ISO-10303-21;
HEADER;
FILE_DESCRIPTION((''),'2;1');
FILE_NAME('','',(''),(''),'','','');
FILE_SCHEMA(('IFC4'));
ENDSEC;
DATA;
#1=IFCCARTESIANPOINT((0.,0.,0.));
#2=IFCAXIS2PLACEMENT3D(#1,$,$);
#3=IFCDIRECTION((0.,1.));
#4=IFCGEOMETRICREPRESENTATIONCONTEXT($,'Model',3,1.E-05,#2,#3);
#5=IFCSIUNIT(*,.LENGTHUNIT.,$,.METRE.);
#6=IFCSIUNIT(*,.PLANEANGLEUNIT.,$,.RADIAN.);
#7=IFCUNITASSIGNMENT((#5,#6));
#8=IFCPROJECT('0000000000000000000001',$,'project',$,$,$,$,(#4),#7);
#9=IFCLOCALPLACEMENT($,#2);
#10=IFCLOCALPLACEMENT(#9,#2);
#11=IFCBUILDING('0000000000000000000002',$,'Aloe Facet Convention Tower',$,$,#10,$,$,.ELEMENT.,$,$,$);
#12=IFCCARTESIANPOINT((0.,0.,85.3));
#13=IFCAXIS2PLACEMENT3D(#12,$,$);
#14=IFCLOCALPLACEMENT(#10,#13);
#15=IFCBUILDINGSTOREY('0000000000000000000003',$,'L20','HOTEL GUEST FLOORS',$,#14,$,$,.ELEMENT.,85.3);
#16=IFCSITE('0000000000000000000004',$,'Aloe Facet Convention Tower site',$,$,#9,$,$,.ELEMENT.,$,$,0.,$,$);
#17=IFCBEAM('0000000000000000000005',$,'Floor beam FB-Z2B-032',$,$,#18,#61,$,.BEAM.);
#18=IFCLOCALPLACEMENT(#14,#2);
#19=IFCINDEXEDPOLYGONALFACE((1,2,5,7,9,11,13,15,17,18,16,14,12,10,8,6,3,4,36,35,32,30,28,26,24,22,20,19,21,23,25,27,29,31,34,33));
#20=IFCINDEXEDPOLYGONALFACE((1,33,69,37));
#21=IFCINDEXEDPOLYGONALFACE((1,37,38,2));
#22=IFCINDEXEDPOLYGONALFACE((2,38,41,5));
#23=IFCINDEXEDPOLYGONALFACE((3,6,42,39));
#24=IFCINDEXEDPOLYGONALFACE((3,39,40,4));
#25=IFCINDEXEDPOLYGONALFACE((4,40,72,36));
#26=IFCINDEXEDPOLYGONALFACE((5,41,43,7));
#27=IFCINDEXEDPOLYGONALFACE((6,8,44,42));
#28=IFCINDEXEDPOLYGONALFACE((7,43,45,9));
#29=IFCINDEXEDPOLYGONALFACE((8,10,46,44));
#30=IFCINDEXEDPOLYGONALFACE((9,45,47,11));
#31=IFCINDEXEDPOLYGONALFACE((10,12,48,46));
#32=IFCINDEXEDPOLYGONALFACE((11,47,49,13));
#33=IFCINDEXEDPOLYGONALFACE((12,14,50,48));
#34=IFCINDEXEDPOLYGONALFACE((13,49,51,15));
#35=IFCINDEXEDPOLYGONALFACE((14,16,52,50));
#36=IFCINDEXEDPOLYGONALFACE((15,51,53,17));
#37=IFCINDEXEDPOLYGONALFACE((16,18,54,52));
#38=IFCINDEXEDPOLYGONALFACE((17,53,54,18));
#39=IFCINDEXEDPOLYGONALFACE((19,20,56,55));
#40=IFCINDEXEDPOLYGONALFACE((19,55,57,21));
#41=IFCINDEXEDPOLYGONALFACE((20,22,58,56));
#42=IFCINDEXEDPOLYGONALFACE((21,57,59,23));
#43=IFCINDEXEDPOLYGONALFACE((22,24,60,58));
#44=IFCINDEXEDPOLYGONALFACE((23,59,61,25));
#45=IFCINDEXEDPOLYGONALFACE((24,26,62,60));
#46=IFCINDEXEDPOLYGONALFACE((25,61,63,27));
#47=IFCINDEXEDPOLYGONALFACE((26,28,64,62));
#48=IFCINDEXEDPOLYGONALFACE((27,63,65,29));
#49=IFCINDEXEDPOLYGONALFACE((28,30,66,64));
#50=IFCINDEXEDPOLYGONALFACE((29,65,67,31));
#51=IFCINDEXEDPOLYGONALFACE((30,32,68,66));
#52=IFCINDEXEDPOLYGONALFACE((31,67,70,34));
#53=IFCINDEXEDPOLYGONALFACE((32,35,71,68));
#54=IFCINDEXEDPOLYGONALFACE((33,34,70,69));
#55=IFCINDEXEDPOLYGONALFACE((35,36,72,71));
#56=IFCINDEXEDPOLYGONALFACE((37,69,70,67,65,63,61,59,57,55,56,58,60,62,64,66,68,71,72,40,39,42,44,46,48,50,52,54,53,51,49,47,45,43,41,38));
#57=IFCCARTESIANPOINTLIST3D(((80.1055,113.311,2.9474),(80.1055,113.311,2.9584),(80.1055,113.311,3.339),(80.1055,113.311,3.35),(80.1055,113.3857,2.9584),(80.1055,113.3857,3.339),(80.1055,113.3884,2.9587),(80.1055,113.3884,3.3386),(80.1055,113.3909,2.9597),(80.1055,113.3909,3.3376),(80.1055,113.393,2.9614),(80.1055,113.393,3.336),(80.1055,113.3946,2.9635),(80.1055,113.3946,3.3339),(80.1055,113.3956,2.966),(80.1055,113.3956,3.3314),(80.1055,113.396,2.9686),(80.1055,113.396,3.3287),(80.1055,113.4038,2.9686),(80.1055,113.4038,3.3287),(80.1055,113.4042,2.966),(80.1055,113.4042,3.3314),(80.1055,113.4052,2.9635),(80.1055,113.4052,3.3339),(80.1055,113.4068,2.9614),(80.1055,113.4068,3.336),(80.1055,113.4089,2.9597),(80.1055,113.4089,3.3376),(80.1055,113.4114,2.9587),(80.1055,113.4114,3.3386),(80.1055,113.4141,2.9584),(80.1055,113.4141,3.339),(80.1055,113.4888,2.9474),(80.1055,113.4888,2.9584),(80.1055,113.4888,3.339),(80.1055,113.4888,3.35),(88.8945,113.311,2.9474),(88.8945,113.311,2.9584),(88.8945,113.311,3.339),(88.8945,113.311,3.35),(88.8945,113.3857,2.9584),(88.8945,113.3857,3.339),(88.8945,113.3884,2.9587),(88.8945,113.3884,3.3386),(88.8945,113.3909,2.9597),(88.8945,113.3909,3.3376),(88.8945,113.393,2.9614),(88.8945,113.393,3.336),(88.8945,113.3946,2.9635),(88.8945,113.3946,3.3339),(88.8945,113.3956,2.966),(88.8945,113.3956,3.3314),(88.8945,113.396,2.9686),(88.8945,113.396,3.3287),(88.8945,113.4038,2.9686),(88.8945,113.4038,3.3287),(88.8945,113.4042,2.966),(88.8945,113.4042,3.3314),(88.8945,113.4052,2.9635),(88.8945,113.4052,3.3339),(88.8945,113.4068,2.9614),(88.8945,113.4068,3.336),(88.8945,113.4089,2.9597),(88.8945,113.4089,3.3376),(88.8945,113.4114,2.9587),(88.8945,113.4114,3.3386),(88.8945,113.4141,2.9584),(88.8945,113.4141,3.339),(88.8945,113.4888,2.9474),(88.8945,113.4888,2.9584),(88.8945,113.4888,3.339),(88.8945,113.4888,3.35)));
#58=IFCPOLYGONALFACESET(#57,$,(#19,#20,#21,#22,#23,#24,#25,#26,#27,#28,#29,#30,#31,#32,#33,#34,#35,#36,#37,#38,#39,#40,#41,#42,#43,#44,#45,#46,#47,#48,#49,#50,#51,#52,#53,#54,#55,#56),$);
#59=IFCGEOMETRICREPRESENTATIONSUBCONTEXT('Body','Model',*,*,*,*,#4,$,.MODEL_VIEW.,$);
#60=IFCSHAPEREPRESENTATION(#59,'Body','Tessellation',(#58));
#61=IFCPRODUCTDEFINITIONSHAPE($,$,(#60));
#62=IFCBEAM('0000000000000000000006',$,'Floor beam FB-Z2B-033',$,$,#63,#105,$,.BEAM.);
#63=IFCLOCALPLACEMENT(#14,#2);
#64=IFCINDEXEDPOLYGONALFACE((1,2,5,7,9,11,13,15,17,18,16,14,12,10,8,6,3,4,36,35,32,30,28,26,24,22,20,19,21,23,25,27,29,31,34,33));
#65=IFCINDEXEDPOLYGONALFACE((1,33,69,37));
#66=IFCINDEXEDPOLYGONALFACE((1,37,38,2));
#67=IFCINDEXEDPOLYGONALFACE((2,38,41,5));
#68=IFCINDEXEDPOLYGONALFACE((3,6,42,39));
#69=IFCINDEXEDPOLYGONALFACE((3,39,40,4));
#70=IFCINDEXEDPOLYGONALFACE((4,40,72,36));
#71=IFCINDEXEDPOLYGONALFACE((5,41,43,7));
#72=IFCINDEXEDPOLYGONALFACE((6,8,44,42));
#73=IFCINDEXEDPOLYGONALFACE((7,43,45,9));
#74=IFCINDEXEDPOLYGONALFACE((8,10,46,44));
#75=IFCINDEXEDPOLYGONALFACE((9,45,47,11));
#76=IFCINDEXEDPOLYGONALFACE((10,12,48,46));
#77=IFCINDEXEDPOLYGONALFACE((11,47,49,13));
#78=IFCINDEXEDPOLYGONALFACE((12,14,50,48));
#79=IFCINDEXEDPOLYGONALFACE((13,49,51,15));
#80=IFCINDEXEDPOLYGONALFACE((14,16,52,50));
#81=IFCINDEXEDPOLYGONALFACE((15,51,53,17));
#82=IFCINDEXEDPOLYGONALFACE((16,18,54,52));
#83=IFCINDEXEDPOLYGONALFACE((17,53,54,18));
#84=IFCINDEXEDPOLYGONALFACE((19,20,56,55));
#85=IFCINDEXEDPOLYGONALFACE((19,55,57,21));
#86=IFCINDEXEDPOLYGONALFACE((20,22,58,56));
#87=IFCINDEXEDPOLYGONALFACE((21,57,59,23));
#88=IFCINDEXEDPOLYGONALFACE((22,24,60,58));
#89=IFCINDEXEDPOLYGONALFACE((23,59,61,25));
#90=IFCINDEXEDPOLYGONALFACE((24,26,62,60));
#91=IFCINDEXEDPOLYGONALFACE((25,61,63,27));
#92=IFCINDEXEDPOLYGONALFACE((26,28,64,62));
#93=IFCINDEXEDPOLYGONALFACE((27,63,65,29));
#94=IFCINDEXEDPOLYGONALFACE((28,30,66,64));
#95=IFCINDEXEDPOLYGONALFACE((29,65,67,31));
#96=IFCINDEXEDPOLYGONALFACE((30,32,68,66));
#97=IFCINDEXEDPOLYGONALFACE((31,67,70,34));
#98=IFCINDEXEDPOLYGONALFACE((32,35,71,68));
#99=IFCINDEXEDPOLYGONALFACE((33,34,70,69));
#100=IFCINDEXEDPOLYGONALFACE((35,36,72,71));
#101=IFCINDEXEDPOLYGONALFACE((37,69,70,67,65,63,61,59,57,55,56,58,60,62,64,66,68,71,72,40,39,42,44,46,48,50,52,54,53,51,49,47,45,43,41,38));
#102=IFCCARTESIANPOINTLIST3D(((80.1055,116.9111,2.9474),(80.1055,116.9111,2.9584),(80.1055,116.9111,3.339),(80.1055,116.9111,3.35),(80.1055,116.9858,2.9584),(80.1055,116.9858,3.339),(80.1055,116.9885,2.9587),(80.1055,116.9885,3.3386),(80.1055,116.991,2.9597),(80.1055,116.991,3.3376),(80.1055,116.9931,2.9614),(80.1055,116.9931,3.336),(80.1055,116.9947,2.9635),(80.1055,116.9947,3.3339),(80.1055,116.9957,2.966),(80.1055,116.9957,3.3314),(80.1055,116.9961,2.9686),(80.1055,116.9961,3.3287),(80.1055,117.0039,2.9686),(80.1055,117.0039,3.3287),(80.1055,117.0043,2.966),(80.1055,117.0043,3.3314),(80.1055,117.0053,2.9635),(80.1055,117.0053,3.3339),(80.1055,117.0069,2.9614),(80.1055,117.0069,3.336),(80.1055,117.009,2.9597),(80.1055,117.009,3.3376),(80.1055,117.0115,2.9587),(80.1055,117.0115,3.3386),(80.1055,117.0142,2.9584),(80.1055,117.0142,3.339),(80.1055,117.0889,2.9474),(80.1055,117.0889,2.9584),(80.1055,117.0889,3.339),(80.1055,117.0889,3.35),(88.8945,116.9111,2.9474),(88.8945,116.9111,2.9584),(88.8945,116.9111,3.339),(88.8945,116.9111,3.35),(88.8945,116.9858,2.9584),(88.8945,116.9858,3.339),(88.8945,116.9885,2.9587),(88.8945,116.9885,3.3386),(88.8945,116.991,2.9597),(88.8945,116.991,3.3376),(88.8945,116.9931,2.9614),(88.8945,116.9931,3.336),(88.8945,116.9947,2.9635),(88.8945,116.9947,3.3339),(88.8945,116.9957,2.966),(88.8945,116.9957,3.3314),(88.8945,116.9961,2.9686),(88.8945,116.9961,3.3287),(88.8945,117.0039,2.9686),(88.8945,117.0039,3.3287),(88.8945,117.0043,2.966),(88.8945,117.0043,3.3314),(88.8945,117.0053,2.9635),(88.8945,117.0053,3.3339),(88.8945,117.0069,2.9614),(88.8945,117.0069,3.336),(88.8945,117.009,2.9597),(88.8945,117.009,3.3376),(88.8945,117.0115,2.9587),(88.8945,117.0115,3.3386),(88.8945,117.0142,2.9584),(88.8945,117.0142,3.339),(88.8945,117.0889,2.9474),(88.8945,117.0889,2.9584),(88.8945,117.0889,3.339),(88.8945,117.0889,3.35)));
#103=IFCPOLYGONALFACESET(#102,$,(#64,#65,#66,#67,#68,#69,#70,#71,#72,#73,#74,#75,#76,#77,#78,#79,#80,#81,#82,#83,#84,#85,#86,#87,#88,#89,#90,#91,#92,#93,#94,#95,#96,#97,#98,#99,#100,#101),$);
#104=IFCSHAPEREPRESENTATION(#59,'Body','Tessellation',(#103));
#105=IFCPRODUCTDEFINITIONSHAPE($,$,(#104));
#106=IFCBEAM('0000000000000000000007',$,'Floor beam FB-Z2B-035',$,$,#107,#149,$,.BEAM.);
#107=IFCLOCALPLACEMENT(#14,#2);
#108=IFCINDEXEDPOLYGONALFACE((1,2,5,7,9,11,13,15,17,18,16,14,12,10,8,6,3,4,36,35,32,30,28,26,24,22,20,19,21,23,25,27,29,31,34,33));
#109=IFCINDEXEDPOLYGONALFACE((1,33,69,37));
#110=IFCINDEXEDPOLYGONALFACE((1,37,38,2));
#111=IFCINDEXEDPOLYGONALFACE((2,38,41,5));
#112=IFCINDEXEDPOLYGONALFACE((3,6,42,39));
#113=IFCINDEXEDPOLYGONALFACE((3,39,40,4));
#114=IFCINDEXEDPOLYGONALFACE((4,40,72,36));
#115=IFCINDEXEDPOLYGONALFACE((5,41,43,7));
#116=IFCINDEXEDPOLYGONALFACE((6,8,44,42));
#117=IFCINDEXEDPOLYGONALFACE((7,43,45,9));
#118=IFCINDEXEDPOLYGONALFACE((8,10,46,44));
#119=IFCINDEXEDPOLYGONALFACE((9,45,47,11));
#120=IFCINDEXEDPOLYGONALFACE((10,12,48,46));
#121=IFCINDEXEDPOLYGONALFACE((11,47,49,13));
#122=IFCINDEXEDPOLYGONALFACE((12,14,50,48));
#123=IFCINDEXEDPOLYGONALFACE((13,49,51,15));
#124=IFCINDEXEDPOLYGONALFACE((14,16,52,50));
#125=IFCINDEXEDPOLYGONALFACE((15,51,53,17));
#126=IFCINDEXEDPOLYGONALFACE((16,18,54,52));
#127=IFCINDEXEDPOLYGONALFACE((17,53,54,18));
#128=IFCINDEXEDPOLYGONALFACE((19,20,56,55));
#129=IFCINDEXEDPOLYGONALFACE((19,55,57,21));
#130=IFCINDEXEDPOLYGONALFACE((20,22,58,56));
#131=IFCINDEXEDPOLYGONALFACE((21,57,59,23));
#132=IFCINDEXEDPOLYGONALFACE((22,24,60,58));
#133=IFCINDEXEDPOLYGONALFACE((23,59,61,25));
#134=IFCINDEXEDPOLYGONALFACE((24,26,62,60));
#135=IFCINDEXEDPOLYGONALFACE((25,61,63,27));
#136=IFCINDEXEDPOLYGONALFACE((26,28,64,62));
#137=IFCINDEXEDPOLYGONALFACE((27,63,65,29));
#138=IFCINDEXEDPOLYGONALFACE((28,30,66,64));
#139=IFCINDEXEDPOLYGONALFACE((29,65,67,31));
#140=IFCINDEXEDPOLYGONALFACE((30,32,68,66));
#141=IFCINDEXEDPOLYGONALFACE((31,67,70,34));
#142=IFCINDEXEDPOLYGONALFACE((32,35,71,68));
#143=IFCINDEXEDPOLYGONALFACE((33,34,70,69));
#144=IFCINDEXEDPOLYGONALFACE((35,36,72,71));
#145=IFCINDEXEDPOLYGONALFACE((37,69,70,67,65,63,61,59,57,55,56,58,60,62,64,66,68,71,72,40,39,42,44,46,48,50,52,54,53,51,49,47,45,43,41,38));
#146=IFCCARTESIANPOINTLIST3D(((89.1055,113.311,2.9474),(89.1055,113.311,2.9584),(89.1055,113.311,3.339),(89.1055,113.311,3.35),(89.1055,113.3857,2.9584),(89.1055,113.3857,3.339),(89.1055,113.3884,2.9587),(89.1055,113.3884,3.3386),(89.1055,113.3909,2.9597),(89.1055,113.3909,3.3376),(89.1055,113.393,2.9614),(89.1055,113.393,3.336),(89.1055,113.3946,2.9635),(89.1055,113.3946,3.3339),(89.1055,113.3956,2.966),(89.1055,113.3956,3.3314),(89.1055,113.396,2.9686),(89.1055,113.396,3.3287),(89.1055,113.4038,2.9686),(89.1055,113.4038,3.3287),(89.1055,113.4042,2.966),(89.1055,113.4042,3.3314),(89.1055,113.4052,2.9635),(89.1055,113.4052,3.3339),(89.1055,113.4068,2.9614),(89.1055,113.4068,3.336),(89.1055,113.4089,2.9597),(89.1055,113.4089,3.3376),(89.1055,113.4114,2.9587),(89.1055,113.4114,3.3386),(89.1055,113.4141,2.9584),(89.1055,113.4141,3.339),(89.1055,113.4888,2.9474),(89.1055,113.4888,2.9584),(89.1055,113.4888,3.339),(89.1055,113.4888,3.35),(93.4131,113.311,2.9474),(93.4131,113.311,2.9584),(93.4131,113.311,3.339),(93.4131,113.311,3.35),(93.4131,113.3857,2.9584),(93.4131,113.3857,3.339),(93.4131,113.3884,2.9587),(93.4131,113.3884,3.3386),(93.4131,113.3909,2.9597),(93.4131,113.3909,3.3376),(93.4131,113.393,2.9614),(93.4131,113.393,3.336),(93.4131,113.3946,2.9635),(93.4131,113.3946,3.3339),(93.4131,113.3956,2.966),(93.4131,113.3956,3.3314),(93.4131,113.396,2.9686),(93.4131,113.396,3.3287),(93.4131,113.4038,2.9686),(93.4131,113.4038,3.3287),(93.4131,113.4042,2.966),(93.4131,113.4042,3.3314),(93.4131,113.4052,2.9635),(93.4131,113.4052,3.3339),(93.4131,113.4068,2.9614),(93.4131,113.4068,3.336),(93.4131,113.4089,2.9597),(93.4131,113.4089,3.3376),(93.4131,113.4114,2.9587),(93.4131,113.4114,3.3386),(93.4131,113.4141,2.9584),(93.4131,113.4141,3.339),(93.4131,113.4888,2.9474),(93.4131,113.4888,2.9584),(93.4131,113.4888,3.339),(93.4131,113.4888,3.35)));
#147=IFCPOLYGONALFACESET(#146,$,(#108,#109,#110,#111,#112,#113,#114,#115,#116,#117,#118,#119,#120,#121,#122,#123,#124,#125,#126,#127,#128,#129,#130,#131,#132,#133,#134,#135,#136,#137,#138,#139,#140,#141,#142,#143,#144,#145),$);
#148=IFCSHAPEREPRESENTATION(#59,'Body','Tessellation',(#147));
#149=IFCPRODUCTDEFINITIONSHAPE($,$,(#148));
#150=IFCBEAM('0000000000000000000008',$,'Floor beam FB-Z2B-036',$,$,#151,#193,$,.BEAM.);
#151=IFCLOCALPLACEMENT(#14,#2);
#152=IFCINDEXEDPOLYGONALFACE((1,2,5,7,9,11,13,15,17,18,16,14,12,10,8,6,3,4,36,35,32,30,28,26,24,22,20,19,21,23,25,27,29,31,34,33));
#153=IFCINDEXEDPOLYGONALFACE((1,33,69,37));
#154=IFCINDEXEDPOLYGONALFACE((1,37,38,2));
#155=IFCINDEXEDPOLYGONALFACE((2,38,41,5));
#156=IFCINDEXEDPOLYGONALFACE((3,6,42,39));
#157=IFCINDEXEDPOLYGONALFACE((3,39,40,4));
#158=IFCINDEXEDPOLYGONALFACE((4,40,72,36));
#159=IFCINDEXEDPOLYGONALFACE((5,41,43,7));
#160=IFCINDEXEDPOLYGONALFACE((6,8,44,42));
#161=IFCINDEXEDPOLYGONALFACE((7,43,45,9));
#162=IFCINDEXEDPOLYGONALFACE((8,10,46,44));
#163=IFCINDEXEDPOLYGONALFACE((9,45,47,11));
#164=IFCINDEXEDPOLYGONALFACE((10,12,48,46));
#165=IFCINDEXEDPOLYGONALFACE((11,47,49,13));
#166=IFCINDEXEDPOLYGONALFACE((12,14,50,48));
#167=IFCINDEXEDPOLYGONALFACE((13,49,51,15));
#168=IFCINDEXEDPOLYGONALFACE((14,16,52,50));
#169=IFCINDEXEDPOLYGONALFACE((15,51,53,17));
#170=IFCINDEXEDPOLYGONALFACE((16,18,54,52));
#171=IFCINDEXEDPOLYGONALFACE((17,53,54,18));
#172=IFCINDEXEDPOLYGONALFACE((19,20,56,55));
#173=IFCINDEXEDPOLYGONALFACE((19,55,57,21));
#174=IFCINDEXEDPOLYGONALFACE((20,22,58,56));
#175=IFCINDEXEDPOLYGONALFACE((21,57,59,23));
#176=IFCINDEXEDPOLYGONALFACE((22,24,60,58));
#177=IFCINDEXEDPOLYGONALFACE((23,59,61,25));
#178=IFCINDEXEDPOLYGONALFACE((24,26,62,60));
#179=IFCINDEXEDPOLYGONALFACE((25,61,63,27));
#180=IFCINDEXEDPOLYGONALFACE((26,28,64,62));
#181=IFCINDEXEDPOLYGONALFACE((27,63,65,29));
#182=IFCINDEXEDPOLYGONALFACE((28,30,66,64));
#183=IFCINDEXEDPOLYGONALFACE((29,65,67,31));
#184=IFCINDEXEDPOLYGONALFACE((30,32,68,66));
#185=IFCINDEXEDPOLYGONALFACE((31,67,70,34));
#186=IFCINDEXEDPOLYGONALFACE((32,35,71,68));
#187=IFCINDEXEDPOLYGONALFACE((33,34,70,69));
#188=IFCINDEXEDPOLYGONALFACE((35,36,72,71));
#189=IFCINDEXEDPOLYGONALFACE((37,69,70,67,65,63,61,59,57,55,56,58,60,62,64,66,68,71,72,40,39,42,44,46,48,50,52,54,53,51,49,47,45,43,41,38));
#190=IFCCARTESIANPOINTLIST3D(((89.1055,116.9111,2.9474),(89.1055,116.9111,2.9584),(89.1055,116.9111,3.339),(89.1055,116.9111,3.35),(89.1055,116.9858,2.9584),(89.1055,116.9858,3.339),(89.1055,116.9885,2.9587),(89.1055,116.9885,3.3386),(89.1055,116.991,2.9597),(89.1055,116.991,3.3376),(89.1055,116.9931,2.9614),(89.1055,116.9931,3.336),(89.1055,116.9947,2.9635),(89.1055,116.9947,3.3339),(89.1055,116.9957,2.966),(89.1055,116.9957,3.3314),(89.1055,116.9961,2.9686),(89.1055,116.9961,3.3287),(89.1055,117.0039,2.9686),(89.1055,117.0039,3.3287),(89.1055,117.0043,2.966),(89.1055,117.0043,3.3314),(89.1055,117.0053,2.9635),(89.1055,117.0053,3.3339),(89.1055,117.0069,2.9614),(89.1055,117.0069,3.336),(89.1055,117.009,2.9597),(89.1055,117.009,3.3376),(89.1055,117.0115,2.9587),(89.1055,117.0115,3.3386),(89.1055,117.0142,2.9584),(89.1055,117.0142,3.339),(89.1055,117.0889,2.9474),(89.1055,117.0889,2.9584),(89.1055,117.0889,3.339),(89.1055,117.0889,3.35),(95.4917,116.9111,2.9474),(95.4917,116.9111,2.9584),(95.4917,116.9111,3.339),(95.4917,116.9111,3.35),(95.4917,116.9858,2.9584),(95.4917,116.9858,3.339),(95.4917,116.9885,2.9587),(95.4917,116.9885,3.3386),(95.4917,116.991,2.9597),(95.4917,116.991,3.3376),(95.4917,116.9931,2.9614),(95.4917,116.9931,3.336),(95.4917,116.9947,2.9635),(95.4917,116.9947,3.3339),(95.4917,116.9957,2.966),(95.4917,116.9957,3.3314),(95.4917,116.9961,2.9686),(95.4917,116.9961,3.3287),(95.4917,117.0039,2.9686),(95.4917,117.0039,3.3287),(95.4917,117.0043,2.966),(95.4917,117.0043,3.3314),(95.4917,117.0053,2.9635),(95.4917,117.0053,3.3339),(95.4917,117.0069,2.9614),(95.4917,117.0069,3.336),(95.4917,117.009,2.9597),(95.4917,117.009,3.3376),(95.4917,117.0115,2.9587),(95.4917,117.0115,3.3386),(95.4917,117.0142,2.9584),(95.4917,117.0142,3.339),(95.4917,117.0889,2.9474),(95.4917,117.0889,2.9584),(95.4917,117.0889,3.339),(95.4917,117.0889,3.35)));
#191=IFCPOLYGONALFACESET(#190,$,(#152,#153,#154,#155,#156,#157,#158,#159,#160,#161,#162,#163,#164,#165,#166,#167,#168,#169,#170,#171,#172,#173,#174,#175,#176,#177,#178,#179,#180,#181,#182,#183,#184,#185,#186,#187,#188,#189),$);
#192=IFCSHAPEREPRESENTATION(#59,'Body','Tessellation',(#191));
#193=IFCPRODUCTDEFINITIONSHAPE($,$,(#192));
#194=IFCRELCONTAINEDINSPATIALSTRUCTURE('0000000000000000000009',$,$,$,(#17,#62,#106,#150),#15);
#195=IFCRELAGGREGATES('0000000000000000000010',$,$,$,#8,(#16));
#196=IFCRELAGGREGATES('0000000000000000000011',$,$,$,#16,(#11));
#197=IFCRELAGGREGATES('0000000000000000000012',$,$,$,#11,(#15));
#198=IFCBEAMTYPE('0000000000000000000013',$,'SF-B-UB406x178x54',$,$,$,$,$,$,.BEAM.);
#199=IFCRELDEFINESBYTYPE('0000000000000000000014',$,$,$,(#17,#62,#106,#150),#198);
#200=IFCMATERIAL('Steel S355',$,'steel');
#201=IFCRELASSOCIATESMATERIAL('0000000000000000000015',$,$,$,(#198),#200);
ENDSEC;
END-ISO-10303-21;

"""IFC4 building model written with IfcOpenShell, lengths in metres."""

from ifc_helpers import new_model, si_unit, direction, frame, origin, origin_2d, place, context, subcontext, project, spatial, i_section, extrude, material, material_profile, profile_set, type_object, element, save


model = new_model("IFC4")

# Units and contexts
model_context = context("Model", 3, precision=1e-05, world=origin(), true_north=direction((0.0, 1.0)))
body_context = subcontext(model_context, "Body", "Model", "MODEL_VIEW")
ifc_project = project(units=[si_unit("LENGTHUNIT", "METRE"), si_unit("PLANEANGLEUNIT", "RADIAN")], contexts=[model_context])

# Site, building, storey
site_placement = place(None, origin())
site = spatial("IfcSite", under=ifc_project, at=site_placement, Name="Aloe Facet Convention Tower site", CompositionType="ELEMENT", RefElevation=0.0)
building_placement = place(site_placement, origin())
building = spatial("IfcBuilding", under=site, at=building_placement, Name="Aloe Facet Convention Tower", CompositionType="ELEMENT")
storey_placement = place(building_placement, frame((0.0, 0.0, 85.3)))
storey = spatial("IfcBuildingStorey", under=building, at=storey_placement, Name="L20", Description="HOTEL GUEST FLOORS", CompositionType="ELEMENT", Elevation=85.3)

# Beams
ifc_material_1 = material(Name="Steel S355", Category="steel")
ifc_material_profile_1 = material_profile(ifc_material_1, i_section(OverallWidth=0.1777, OverallDepth=0.4026, WebThickness=0.0078, FlangeThickness=0.011, FilletRadius=0.0103, at=origin_2d()), Name="UB 406x178x54")
ifc_profile_set_1 = profile_set([ifc_material_profile_1], Name="Steel S355")
beam_type_1 = type_object("IfcBeamType", Name="SF-B-UB406x178x54", PredefinedType="BEAM", material=ifc_profile_set_1)
for number, where, z_axis, x_axis, name in (
    (1, (80.1055, 113.3999, 3.1487), (1.0, 0.0, 0.0), (0.0, 1.0, 0.0), "Floor beam FB-Z2B-032"),
    (2, (80.1055, 117.0, 3.1487), (1.0, 0.0, 0.0), (0.0, 1.0, 0.0), "Floor beam FB-Z2B-033"),
):
    element("IfcBeam", number, at=place(storey_placement, frame(where, z_axis=z_axis, x_axis=x_axis)), inside=storey, type_object=beam_type_1, Name=name, PredefinedType="BEAM", context=body_context, shape_type="SweptSolid", body=[
        extrude(i_section(OverallWidth=0.1777, OverallDepth=0.4026, WebThickness=0.0078, FlangeThickness=0.011, FilletRadius=0.0103, at=origin_2d()), origin(), (0.0, 0.0, 1.0), 8.7891),
    ])
beam_1_placement = place(storey_placement, frame((89.1055, 113.3999, 3.1487), z_axis=(1.0, 0.0, 0.0), x_axis=(0.0, 1.0, 0.0)))
element("IfcBeam", 3, at=beam_1_placement, inside=storey, type_object=beam_type_1, Name="Floor beam FB-Z2B-035", PredefinedType="BEAM", context=body_context, shape_type="SweptSolid", body=[
    extrude(i_section(OverallWidth=0.1777, OverallDepth=0.4026, WebThickness=0.0078, FlangeThickness=0.011, FilletRadius=0.0103, at=origin_2d()), origin(), (0.0, 0.0, 1.0), 4.3076),
])
beam_2_placement = place(storey_placement, frame((89.1055, 117.0, 3.1487), z_axis=(1.0, 0.0, 0.0), x_axis=(0.0, 1.0, 0.0)))
element("IfcBeam", 4, at=beam_2_placement, inside=storey, type_object=beam_type_1, Name="Floor beam FB-Z2B-036", PredefinedType="BEAM", context=body_context, shape_type="SweptSolid", body=[
    extrude(i_section(OverallWidth=0.1777, OverallDepth=0.4026, WebThickness=0.0078, FlangeThickness=0.011, FilletRadius=0.0103, at=origin_2d()), origin(), (0.0, 0.0, 1.0), 6.3862),
])

save(model, "model.ifc")
